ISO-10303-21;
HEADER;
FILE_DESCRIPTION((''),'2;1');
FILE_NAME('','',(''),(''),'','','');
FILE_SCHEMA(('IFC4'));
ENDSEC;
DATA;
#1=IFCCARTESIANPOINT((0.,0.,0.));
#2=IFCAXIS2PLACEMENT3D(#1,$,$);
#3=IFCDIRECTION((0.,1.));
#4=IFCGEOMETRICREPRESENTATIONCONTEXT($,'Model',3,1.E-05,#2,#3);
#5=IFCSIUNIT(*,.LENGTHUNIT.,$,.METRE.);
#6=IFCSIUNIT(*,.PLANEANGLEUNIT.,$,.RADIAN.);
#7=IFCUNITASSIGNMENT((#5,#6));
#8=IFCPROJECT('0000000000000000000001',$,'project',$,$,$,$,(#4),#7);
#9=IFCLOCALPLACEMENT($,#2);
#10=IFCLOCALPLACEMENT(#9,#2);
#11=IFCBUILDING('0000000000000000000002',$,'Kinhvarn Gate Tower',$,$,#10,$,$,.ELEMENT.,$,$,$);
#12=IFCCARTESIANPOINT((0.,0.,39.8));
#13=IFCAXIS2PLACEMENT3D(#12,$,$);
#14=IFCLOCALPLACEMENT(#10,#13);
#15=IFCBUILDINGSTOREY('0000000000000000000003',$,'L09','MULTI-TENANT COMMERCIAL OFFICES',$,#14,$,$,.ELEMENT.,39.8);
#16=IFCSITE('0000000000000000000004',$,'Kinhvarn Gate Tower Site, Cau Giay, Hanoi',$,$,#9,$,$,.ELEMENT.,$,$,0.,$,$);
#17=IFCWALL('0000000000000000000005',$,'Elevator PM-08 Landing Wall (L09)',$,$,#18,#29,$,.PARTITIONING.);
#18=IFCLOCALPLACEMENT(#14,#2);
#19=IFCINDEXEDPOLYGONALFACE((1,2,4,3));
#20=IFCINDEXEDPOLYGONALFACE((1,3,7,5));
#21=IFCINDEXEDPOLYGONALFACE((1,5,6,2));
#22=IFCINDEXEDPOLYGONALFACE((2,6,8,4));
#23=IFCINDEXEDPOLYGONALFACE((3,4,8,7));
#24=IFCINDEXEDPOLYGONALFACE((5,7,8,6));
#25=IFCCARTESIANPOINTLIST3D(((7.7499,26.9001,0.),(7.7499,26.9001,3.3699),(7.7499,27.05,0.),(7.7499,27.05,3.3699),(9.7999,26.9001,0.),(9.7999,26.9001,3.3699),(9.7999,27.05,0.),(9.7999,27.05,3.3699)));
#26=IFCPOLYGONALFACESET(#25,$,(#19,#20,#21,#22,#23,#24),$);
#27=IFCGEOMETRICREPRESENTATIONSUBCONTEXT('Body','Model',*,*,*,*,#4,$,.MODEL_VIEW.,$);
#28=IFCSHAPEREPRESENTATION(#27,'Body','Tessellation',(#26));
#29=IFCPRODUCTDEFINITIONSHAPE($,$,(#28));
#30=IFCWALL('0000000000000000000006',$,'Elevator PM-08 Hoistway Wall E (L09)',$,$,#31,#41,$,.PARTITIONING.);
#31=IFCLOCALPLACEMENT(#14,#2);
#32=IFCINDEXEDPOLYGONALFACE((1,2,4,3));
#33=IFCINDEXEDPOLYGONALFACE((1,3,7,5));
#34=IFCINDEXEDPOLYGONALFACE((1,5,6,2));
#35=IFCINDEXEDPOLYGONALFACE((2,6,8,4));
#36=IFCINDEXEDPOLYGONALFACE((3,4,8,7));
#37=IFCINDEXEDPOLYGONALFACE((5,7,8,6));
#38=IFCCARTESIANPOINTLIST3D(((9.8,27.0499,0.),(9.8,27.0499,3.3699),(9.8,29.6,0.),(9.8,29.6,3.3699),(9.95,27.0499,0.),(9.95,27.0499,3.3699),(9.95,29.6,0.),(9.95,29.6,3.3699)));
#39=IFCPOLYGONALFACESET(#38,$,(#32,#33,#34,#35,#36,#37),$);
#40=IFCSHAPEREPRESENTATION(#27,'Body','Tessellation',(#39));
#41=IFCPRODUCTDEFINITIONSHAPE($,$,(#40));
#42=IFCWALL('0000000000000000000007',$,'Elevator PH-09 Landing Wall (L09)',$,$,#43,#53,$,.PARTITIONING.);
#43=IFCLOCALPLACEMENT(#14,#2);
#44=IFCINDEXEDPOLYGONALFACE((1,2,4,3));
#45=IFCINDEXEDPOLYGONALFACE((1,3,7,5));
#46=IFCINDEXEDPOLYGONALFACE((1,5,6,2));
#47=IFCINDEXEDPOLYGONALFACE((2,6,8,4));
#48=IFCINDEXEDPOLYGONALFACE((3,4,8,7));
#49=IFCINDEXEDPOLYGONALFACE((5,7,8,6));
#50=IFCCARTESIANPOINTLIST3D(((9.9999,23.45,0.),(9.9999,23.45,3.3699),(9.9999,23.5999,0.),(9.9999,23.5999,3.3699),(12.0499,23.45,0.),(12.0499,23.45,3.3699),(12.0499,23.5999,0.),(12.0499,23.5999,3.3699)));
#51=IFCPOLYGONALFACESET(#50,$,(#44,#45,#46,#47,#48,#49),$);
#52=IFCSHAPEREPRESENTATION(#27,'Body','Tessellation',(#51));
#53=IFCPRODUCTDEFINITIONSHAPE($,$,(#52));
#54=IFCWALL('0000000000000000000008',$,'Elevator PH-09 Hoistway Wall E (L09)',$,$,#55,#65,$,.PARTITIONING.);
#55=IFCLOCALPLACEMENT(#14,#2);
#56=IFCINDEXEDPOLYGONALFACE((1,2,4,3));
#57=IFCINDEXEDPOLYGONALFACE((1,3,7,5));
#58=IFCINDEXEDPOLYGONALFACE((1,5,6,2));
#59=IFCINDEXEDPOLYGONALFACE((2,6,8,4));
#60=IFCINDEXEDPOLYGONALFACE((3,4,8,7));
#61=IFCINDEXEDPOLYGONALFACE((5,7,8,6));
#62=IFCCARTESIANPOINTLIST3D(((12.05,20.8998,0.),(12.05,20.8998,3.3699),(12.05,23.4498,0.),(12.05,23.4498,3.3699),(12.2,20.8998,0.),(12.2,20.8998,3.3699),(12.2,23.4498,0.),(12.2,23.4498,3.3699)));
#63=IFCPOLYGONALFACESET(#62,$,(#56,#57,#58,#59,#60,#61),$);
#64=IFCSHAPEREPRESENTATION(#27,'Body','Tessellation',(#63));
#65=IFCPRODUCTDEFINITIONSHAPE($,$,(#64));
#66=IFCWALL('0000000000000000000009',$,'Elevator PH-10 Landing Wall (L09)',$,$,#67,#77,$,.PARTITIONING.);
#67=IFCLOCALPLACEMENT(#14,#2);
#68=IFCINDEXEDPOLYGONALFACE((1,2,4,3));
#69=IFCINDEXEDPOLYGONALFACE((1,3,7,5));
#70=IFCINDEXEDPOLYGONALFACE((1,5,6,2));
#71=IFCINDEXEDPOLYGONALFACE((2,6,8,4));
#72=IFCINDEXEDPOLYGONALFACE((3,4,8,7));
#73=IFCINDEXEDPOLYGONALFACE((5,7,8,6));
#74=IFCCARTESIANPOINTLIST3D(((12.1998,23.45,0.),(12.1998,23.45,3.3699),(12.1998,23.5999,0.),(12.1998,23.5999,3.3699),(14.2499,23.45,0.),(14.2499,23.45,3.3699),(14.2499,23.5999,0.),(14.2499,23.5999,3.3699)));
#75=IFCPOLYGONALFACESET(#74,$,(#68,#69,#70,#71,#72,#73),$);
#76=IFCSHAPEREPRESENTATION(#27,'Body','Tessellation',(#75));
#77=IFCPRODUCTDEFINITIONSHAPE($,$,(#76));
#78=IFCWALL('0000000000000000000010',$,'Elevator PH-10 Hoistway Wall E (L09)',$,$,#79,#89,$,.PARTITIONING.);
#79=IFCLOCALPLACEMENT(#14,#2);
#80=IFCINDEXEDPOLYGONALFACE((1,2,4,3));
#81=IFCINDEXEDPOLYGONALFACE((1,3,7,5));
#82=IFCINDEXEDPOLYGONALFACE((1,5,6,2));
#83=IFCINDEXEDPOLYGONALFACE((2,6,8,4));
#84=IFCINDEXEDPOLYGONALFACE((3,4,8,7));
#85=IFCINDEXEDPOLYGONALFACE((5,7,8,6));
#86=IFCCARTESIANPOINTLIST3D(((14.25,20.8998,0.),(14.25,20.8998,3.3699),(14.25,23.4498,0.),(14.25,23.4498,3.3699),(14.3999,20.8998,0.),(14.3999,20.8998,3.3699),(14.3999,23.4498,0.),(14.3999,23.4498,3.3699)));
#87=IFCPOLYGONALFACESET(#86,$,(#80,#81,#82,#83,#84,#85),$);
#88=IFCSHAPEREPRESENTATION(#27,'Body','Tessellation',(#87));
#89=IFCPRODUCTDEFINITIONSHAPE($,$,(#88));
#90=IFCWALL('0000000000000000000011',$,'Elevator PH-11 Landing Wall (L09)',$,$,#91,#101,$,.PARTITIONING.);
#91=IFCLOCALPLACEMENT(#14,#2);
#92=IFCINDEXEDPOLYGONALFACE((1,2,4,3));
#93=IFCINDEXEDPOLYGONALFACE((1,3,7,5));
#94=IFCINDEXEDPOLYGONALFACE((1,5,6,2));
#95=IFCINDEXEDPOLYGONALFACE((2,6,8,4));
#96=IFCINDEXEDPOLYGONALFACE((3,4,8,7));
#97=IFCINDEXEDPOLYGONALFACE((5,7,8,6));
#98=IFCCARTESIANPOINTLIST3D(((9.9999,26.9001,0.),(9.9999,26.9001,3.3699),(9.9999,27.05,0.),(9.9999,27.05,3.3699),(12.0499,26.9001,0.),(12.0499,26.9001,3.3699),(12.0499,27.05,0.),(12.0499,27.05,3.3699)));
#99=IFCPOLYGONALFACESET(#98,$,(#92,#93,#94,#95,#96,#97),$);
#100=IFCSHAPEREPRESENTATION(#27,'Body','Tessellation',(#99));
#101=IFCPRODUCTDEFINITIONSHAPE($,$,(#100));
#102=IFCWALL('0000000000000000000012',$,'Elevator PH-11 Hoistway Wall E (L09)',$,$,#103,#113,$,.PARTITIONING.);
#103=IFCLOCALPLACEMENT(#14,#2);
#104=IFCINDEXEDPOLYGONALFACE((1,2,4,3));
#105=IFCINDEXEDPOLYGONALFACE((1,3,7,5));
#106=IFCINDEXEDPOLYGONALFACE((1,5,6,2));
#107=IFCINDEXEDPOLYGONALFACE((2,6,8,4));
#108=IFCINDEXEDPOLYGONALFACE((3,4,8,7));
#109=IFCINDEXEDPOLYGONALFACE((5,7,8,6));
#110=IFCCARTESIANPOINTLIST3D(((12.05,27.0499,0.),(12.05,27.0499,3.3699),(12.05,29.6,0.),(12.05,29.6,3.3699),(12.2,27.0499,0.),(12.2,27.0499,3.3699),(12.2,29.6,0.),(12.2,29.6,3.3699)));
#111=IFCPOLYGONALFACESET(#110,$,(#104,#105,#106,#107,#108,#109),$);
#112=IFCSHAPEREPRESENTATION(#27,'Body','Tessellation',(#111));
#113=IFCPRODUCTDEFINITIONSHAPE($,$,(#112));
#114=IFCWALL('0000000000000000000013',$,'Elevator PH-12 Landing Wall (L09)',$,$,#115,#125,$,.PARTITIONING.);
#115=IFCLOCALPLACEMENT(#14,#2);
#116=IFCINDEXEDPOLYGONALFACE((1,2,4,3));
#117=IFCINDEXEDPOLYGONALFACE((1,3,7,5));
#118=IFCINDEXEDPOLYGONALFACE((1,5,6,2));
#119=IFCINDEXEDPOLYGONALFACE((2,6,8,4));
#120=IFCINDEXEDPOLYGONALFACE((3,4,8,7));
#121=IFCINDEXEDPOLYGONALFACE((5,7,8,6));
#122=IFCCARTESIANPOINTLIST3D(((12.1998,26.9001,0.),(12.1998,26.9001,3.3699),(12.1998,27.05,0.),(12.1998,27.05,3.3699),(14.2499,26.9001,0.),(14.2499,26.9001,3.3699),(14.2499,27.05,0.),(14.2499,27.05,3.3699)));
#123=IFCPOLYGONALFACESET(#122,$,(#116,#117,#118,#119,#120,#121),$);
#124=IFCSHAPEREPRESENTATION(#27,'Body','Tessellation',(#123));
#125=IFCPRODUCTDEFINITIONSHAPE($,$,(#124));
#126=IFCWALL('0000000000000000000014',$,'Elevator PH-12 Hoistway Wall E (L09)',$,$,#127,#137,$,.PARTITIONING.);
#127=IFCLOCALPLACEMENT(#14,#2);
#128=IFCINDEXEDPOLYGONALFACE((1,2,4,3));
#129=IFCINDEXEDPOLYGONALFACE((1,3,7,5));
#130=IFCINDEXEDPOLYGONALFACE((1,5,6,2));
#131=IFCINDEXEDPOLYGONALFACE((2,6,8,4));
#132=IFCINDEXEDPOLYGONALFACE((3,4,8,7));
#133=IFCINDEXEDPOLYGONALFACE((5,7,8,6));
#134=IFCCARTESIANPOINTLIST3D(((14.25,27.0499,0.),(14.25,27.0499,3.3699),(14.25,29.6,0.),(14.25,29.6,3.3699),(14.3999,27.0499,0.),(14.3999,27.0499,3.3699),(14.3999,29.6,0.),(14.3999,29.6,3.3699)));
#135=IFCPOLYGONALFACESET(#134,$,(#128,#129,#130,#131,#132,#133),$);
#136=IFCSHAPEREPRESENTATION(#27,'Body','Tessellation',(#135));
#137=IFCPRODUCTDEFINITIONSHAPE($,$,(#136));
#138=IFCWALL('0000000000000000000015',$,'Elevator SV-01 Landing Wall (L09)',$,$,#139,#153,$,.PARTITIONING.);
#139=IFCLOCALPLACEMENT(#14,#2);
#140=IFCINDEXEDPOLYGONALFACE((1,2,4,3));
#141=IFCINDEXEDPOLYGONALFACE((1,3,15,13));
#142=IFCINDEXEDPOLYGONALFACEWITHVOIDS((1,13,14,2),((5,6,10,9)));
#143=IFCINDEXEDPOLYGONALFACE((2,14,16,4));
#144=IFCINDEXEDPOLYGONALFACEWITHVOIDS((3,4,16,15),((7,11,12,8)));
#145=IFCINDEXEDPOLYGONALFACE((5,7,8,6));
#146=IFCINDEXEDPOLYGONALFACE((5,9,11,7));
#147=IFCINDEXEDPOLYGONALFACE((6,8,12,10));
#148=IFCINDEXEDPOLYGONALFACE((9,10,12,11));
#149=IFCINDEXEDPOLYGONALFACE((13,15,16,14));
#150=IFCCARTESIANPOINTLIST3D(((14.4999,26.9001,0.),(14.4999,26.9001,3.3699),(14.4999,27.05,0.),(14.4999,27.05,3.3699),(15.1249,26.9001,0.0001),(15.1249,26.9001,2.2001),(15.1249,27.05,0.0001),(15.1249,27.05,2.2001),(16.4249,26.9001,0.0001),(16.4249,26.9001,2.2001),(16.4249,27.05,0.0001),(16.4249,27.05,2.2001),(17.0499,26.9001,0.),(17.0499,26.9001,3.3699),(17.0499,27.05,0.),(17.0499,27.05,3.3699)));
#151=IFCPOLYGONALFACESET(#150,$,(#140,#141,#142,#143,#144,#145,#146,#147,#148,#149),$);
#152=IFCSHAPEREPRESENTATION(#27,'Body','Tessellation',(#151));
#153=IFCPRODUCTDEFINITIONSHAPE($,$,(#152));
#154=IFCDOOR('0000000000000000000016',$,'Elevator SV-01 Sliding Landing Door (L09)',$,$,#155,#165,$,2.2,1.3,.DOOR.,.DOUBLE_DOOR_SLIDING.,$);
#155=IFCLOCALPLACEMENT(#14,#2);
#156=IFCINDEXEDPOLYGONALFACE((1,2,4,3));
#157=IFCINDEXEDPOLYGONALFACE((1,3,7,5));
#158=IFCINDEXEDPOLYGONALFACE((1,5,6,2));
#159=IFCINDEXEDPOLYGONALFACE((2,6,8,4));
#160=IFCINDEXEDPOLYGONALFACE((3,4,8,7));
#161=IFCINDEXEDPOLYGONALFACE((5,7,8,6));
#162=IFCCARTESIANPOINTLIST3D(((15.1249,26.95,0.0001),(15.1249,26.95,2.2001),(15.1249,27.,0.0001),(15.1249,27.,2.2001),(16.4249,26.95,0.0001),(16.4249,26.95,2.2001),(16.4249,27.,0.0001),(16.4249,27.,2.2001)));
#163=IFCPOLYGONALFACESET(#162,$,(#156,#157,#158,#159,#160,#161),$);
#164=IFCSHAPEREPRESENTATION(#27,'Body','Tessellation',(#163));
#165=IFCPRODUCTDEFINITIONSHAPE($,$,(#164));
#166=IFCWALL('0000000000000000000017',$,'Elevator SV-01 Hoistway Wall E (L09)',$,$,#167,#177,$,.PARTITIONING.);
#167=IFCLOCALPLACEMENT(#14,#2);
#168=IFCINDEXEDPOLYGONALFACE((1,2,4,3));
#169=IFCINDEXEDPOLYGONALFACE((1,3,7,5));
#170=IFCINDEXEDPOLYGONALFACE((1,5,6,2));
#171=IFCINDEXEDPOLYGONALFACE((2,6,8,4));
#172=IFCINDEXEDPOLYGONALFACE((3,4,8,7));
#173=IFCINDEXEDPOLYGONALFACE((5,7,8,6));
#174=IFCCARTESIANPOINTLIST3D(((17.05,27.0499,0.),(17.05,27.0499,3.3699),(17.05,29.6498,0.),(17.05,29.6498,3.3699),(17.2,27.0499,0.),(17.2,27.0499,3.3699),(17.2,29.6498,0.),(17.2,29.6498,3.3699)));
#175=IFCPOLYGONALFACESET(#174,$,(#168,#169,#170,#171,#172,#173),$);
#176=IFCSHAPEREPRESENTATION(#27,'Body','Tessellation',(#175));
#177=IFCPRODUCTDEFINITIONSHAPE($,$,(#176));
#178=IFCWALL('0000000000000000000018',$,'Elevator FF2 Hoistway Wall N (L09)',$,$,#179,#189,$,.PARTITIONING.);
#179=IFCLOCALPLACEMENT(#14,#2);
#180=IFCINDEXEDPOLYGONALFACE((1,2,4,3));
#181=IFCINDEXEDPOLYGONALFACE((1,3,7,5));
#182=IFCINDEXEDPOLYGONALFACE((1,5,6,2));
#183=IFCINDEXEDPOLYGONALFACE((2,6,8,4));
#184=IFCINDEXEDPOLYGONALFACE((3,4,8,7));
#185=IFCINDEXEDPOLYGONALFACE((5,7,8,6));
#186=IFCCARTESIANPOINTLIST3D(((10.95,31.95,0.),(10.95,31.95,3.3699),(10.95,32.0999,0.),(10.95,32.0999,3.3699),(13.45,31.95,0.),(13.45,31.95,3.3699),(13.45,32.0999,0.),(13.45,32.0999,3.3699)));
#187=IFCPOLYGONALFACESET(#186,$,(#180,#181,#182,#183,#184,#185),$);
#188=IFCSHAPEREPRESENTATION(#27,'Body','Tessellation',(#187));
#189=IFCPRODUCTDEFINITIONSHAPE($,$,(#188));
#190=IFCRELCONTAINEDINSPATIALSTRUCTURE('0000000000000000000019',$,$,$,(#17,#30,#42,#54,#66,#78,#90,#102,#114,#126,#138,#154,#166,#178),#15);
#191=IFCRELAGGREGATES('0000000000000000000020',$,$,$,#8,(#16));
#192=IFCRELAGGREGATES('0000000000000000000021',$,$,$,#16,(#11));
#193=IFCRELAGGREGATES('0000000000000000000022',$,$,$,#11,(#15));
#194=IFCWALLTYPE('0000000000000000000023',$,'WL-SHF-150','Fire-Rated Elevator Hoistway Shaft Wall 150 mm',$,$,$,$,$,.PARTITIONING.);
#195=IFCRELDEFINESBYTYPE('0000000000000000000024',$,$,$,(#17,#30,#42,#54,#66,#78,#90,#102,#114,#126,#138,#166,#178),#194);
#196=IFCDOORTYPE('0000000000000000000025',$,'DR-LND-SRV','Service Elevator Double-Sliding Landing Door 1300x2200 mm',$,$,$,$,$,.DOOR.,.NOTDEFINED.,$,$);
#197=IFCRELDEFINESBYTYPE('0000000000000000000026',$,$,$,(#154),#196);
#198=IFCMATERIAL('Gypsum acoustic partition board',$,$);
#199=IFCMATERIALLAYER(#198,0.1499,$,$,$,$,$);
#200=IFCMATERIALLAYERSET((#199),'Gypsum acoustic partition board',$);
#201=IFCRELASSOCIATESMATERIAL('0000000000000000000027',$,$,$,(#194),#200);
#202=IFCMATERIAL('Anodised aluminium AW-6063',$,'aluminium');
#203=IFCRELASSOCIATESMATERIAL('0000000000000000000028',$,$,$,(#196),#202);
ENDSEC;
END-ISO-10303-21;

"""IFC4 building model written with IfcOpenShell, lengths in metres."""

from ifc_helpers import new_model, si_unit, direction, frame, frame_2d, origin, place, context, subcontext, project, spatial, rectangle, extrude, material, layer, layer_set, type_object, element, fill, save


model = new_model("IFC4")

# Units and contexts
model_context = context("Model", 3, precision=1e-05, world=origin(), true_north=direction((0.0, 1.0)))
body_context = subcontext(model_context, "Body", "Model", "MODEL_VIEW")
ifc_project = project(units=[si_unit("LENGTHUNIT", "METRE"), si_unit("PLANEANGLEUNIT", "RADIAN")], contexts=[model_context])

# Site, building, storey
site_placement = place(None, origin())
site = spatial("IfcSite", under=ifc_project, at=site_placement, Name="Kinhvarn Gate Tower Site, Cau Giay, Hanoi", CompositionType="ELEMENT", RefElevation=0.0)
building_placement = place(site_placement, origin())
building = spatial("IfcBuilding", under=site, at=building_placement, Name="Kinhvarn Gate Tower", CompositionType="ELEMENT")
storey_placement = place(building_placement, frame((0.0, 0.0, 39.8)))
storey = spatial("IfcBuildingStorey", under=building, at=storey_placement, Name="L09", Description="MULTI-TENANT COMMERCIAL OFFICES", CompositionType="ELEMENT", Elevation=39.8)

# Shared definitions
ifc_material_1 = material(Name="Anodised aluminium AW-6063", Category="aluminium")
ifc_material_2 = material(Name="Gypsum acoustic partition board")

# Walls
ifc_layer_1 = layer(ifc_material_2, 0.1499)
ifc_layer_set_1 = layer_set([ifc_layer_1], Name="Gypsum acoustic partition board")
wall_type_1 = type_object("IfcWallType", Name="WL-SHF-150", Description="Fire-Rated Elevator Hoistway Shaft Wall 150 mm", PredefinedType="PARTITIONING", material=ifc_layer_set_1)
wall_1_placement = place(storey_placement, frame((7.75, 26.9751, 0.0), z_axis=(0.0, 0.0, 1.0), x_axis=(1.0, 0.0, 0.0)))
element("IfcWall", 1, at=wall_1_placement, inside=storey, type_object=wall_type_1, Name="Elevator PM-08 Landing Wall (L09)", PredefinedType="PARTITIONING", context=body_context, shape_type="SweptSolid", body=[
    extrude(rectangle(XDim=2.05, YDim=0.1499, at=frame_2d((1.0249, 0.0))), origin(), (0.0, 0.0, 1.0), 3.3699),
])
wall_2_placement = place(storey_placement, frame((9.875, 27.05, 0.0), z_axis=(0.0, 0.0, 1.0), x_axis=(0.0, 1.0, 0.0)))
element("IfcWall", 2, at=wall_2_placement, inside=storey, type_object=wall_type_1, Name="Elevator PM-08 Hoistway Wall E (L09)", PredefinedType="PARTITIONING", context=body_context, shape_type="SweptSolid", body=[
    extrude(rectangle(XDim=2.55, YDim=0.1499, at=frame_2d((1.2749, 0.0))), origin(), (0.0, 0.0, 1.0), 3.3699),
])
wall_3_placement = place(storey_placement, frame((10.0, 23.5249, 0.0), z_axis=(0.0, 0.0, 1.0), x_axis=(1.0, 0.0, 0.0)))
element("IfcWall", 3, at=wall_3_placement, inside=storey, type_object=wall_type_1, Name="Elevator PH-09 Landing Wall (L09)", PredefinedType="PARTITIONING", context=body_context, shape_type="SweptSolid", body=[
    extrude(rectangle(XDim=2.05, YDim=0.1499, at=frame_2d((1.0249, 0.0))), origin(), (0.0, 0.0, 1.0), 3.3699),
])
wall_4_placement = place(storey_placement, frame((12.125, 20.8999, 0.0), z_axis=(0.0, 0.0, 1.0), x_axis=(0.0, 1.0, 0.0)))
element("IfcWall", 4, at=wall_4_placement, inside=storey, type_object=wall_type_1, Name="Elevator PH-09 Hoistway Wall E (L09)", PredefinedType="PARTITIONING", context=body_context, shape_type="SweptSolid", body=[
    extrude(rectangle(XDim=2.55, YDim=0.1499, at=frame_2d((1.2749, 0.0))), origin(), (0.0, 0.0, 1.0), 3.3699),
])
wall_5_placement = place(storey_placement, frame((12.2, 23.5249, 0.0), z_axis=(0.0, 0.0, 1.0), x_axis=(1.0, 0.0, 0.0)))
element("IfcWall", 5, at=wall_5_placement, inside=storey, type_object=wall_type_1, Name="Elevator PH-10 Landing Wall (L09)", PredefinedType="PARTITIONING", context=body_context, shape_type="SweptSolid", body=[
    extrude(rectangle(XDim=2.05, YDim=0.1499, at=frame_2d((1.0249, 0.0))), origin(), (0.0, 0.0, 1.0), 3.3699),
])
wall_6_placement = place(storey_placement, frame((14.325, 20.8999, 0.0), z_axis=(0.0, 0.0, 1.0), x_axis=(0.0, 1.0, 0.0)))
element("IfcWall", 6, at=wall_6_placement, inside=storey, type_object=wall_type_1, Name="Elevator PH-10 Hoistway Wall E (L09)", PredefinedType="PARTITIONING", context=body_context, shape_type="SweptSolid", body=[
    extrude(rectangle(XDim=2.55, YDim=0.1499, at=frame_2d((1.2749, 0.0))), origin(), (0.0, 0.0, 1.0), 3.3699),
])
wall_7_placement = place(storey_placement, frame((10.0, 26.9751, 0.0), z_axis=(0.0, 0.0, 1.0), x_axis=(1.0, 0.0, 0.0)))
element("IfcWall", 7, at=wall_7_placement, inside=storey, type_object=wall_type_1, Name="Elevator PH-11 Landing Wall (L09)", PredefinedType="PARTITIONING", context=body_context, shape_type="SweptSolid", body=[
    extrude(rectangle(XDim=2.05, YDim=0.1499, at=frame_2d((1.0249, 0.0))), origin(), (0.0, 0.0, 1.0), 3.3699),
])
wall_8_placement = place(storey_placement, frame((12.125, 27.05, 0.0), z_axis=(0.0, 0.0, 1.0), x_axis=(0.0, 1.0, 0.0)))
element("IfcWall", 8, at=wall_8_placement, inside=storey, type_object=wall_type_1, Name="Elevator PH-11 Hoistway Wall E (L09)", PredefinedType="PARTITIONING", context=body_context, shape_type="SweptSolid", body=[
    extrude(rectangle(XDim=2.55, YDim=0.1499, at=frame_2d((1.2749, 0.0))), origin(), (0.0, 0.0, 1.0), 3.3699),
])
wall_9_placement = place(storey_placement, frame((12.2, 26.9751, 0.0), z_axis=(0.0, 0.0, 1.0), x_axis=(1.0, 0.0, 0.0)))
element("IfcWall", 9, at=wall_9_placement, inside=storey, type_object=wall_type_1, Name="Elevator PH-12 Landing Wall (L09)", PredefinedType="PARTITIONING", context=body_context, shape_type="SweptSolid", body=[
    extrude(rectangle(XDim=2.05, YDim=0.1499, at=frame_2d((1.0249, 0.0))), origin(), (0.0, 0.0, 1.0), 3.3699),
])
wall_10_placement = place(storey_placement, frame((14.325, 27.05, 0.0), z_axis=(0.0, 0.0, 1.0), x_axis=(0.0, 1.0, 0.0)))
element("IfcWall", 10, at=wall_10_placement, inside=storey, type_object=wall_type_1, Name="Elevator PH-12 Hoistway Wall E (L09)", PredefinedType="PARTITIONING", context=body_context, shape_type="SweptSolid", body=[
    extrude(rectangle(XDim=2.55, YDim=0.1499, at=frame_2d((1.2749, 0.0))), origin(), (0.0, 0.0, 1.0), 3.3699),
])

# Wall, opening, door
wall_11_placement = place(storey_placement, frame((14.5, 26.9751, 0.0), z_axis=(0.0, 0.0, 1.0), x_axis=(1.0, 0.0, 0.0)))
wall_11 = element("IfcWall", 11, at=wall_11_placement, inside=storey, type_object=wall_type_1, Name="Elevator SV-01 Landing Wall (L09)", PredefinedType="PARTITIONING", context=body_context, shape_type="SweptSolid", body=[
    extrude(rectangle(XDim=2.55, YDim=0.1499, at=frame_2d((1.2749, 0.0))), origin(), (0.0, 0.0, 1.0), 3.3699),
])
opening_1_placement = place(wall_11_placement, frame((0.625, 0.0, 0.0)))
opening_1 = element("IfcOpeningElement", 12, at=opening_1_placement, cuts=wall_11, PredefinedType="OPENING", context=body_context, shape_type="SweptSolid", body=[
    extrude(rectangle(XDim=1.3, YDim=2.2, at=frame_2d((0.6499, 1.1001))), frame((0.0, 0.085, 0.0), z_axis=(0.0, -1.0, 0.0), x_axis=(1.0, 0.0, 0.0)), (0.0, 0.0, 1.0), 0.1699),
])
door_type_1 = type_object("IfcDoorType", Name="DR-LND-SRV", Description="Service Elevator Double-Sliding Landing Door 1300x2200 mm", OperationType="NOTDEFINED", PredefinedType="DOOR", material=ifc_material_1)
door_1_placement = place(opening_1_placement, origin())
door_1 = element("IfcDoor", 13, at=door_1_placement, inside=storey, type_object=door_type_1, Name="Elevator SV-01 Sliding Landing Door (L09)", OperationType="DOUBLE_DOOR_SLIDING", OverallHeight=2.2, OverallWidth=1.3, PredefinedType="DOOR", context=body_context, shape_type="SweptSolid", body=[
    extrude(rectangle(XDim=1.3, YDim=2.2, at=frame_2d((0.6499, 1.1001))), frame((0.0, 0.0249, 0.0), z_axis=(0.0, -1.0, 0.0), x_axis=(1.0, 0.0, 0.0)), (0.0, 0.0, 1.0), 0.05),
])
fill(opening_1, door_1)

# Walls
wall_12_placement = place(storey_placement, frame((17.125, 27.05, 0.0), z_axis=(0.0, 0.0, 1.0), x_axis=(0.0, 1.0, 0.0)))
element("IfcWall", 14, at=wall_12_placement, inside=storey, type_object=wall_type_1, Name="Elevator SV-01 Hoistway Wall E (L09)", PredefinedType="PARTITIONING", context=body_context, shape_type="SweptSolid", body=[
    extrude(rectangle(XDim=2.5999, YDim=0.1499, at=frame_2d((1.2998, 0.0))), origin(), (0.0, 0.0, 1.0), 3.3699),
])
wall_13_placement = place(storey_placement, frame((10.95, 32.0249, 0.0), z_axis=(0.0, 0.0, 1.0), x_axis=(1.0, 0.0, 0.0)))
element("IfcWall", 15, at=wall_13_placement, inside=storey, type_object=wall_type_1, Name="Elevator FF2 Hoistway Wall N (L09)", PredefinedType="PARTITIONING", context=body_context, shape_type="SweptSolid", body=[
    extrude(rectangle(XDim=2.5, YDim=0.1499, at=frame_2d((1.25, 0.0))), origin(), (0.0, 0.0, 1.0), 3.3699),
])

save(model, "model.ifc")
